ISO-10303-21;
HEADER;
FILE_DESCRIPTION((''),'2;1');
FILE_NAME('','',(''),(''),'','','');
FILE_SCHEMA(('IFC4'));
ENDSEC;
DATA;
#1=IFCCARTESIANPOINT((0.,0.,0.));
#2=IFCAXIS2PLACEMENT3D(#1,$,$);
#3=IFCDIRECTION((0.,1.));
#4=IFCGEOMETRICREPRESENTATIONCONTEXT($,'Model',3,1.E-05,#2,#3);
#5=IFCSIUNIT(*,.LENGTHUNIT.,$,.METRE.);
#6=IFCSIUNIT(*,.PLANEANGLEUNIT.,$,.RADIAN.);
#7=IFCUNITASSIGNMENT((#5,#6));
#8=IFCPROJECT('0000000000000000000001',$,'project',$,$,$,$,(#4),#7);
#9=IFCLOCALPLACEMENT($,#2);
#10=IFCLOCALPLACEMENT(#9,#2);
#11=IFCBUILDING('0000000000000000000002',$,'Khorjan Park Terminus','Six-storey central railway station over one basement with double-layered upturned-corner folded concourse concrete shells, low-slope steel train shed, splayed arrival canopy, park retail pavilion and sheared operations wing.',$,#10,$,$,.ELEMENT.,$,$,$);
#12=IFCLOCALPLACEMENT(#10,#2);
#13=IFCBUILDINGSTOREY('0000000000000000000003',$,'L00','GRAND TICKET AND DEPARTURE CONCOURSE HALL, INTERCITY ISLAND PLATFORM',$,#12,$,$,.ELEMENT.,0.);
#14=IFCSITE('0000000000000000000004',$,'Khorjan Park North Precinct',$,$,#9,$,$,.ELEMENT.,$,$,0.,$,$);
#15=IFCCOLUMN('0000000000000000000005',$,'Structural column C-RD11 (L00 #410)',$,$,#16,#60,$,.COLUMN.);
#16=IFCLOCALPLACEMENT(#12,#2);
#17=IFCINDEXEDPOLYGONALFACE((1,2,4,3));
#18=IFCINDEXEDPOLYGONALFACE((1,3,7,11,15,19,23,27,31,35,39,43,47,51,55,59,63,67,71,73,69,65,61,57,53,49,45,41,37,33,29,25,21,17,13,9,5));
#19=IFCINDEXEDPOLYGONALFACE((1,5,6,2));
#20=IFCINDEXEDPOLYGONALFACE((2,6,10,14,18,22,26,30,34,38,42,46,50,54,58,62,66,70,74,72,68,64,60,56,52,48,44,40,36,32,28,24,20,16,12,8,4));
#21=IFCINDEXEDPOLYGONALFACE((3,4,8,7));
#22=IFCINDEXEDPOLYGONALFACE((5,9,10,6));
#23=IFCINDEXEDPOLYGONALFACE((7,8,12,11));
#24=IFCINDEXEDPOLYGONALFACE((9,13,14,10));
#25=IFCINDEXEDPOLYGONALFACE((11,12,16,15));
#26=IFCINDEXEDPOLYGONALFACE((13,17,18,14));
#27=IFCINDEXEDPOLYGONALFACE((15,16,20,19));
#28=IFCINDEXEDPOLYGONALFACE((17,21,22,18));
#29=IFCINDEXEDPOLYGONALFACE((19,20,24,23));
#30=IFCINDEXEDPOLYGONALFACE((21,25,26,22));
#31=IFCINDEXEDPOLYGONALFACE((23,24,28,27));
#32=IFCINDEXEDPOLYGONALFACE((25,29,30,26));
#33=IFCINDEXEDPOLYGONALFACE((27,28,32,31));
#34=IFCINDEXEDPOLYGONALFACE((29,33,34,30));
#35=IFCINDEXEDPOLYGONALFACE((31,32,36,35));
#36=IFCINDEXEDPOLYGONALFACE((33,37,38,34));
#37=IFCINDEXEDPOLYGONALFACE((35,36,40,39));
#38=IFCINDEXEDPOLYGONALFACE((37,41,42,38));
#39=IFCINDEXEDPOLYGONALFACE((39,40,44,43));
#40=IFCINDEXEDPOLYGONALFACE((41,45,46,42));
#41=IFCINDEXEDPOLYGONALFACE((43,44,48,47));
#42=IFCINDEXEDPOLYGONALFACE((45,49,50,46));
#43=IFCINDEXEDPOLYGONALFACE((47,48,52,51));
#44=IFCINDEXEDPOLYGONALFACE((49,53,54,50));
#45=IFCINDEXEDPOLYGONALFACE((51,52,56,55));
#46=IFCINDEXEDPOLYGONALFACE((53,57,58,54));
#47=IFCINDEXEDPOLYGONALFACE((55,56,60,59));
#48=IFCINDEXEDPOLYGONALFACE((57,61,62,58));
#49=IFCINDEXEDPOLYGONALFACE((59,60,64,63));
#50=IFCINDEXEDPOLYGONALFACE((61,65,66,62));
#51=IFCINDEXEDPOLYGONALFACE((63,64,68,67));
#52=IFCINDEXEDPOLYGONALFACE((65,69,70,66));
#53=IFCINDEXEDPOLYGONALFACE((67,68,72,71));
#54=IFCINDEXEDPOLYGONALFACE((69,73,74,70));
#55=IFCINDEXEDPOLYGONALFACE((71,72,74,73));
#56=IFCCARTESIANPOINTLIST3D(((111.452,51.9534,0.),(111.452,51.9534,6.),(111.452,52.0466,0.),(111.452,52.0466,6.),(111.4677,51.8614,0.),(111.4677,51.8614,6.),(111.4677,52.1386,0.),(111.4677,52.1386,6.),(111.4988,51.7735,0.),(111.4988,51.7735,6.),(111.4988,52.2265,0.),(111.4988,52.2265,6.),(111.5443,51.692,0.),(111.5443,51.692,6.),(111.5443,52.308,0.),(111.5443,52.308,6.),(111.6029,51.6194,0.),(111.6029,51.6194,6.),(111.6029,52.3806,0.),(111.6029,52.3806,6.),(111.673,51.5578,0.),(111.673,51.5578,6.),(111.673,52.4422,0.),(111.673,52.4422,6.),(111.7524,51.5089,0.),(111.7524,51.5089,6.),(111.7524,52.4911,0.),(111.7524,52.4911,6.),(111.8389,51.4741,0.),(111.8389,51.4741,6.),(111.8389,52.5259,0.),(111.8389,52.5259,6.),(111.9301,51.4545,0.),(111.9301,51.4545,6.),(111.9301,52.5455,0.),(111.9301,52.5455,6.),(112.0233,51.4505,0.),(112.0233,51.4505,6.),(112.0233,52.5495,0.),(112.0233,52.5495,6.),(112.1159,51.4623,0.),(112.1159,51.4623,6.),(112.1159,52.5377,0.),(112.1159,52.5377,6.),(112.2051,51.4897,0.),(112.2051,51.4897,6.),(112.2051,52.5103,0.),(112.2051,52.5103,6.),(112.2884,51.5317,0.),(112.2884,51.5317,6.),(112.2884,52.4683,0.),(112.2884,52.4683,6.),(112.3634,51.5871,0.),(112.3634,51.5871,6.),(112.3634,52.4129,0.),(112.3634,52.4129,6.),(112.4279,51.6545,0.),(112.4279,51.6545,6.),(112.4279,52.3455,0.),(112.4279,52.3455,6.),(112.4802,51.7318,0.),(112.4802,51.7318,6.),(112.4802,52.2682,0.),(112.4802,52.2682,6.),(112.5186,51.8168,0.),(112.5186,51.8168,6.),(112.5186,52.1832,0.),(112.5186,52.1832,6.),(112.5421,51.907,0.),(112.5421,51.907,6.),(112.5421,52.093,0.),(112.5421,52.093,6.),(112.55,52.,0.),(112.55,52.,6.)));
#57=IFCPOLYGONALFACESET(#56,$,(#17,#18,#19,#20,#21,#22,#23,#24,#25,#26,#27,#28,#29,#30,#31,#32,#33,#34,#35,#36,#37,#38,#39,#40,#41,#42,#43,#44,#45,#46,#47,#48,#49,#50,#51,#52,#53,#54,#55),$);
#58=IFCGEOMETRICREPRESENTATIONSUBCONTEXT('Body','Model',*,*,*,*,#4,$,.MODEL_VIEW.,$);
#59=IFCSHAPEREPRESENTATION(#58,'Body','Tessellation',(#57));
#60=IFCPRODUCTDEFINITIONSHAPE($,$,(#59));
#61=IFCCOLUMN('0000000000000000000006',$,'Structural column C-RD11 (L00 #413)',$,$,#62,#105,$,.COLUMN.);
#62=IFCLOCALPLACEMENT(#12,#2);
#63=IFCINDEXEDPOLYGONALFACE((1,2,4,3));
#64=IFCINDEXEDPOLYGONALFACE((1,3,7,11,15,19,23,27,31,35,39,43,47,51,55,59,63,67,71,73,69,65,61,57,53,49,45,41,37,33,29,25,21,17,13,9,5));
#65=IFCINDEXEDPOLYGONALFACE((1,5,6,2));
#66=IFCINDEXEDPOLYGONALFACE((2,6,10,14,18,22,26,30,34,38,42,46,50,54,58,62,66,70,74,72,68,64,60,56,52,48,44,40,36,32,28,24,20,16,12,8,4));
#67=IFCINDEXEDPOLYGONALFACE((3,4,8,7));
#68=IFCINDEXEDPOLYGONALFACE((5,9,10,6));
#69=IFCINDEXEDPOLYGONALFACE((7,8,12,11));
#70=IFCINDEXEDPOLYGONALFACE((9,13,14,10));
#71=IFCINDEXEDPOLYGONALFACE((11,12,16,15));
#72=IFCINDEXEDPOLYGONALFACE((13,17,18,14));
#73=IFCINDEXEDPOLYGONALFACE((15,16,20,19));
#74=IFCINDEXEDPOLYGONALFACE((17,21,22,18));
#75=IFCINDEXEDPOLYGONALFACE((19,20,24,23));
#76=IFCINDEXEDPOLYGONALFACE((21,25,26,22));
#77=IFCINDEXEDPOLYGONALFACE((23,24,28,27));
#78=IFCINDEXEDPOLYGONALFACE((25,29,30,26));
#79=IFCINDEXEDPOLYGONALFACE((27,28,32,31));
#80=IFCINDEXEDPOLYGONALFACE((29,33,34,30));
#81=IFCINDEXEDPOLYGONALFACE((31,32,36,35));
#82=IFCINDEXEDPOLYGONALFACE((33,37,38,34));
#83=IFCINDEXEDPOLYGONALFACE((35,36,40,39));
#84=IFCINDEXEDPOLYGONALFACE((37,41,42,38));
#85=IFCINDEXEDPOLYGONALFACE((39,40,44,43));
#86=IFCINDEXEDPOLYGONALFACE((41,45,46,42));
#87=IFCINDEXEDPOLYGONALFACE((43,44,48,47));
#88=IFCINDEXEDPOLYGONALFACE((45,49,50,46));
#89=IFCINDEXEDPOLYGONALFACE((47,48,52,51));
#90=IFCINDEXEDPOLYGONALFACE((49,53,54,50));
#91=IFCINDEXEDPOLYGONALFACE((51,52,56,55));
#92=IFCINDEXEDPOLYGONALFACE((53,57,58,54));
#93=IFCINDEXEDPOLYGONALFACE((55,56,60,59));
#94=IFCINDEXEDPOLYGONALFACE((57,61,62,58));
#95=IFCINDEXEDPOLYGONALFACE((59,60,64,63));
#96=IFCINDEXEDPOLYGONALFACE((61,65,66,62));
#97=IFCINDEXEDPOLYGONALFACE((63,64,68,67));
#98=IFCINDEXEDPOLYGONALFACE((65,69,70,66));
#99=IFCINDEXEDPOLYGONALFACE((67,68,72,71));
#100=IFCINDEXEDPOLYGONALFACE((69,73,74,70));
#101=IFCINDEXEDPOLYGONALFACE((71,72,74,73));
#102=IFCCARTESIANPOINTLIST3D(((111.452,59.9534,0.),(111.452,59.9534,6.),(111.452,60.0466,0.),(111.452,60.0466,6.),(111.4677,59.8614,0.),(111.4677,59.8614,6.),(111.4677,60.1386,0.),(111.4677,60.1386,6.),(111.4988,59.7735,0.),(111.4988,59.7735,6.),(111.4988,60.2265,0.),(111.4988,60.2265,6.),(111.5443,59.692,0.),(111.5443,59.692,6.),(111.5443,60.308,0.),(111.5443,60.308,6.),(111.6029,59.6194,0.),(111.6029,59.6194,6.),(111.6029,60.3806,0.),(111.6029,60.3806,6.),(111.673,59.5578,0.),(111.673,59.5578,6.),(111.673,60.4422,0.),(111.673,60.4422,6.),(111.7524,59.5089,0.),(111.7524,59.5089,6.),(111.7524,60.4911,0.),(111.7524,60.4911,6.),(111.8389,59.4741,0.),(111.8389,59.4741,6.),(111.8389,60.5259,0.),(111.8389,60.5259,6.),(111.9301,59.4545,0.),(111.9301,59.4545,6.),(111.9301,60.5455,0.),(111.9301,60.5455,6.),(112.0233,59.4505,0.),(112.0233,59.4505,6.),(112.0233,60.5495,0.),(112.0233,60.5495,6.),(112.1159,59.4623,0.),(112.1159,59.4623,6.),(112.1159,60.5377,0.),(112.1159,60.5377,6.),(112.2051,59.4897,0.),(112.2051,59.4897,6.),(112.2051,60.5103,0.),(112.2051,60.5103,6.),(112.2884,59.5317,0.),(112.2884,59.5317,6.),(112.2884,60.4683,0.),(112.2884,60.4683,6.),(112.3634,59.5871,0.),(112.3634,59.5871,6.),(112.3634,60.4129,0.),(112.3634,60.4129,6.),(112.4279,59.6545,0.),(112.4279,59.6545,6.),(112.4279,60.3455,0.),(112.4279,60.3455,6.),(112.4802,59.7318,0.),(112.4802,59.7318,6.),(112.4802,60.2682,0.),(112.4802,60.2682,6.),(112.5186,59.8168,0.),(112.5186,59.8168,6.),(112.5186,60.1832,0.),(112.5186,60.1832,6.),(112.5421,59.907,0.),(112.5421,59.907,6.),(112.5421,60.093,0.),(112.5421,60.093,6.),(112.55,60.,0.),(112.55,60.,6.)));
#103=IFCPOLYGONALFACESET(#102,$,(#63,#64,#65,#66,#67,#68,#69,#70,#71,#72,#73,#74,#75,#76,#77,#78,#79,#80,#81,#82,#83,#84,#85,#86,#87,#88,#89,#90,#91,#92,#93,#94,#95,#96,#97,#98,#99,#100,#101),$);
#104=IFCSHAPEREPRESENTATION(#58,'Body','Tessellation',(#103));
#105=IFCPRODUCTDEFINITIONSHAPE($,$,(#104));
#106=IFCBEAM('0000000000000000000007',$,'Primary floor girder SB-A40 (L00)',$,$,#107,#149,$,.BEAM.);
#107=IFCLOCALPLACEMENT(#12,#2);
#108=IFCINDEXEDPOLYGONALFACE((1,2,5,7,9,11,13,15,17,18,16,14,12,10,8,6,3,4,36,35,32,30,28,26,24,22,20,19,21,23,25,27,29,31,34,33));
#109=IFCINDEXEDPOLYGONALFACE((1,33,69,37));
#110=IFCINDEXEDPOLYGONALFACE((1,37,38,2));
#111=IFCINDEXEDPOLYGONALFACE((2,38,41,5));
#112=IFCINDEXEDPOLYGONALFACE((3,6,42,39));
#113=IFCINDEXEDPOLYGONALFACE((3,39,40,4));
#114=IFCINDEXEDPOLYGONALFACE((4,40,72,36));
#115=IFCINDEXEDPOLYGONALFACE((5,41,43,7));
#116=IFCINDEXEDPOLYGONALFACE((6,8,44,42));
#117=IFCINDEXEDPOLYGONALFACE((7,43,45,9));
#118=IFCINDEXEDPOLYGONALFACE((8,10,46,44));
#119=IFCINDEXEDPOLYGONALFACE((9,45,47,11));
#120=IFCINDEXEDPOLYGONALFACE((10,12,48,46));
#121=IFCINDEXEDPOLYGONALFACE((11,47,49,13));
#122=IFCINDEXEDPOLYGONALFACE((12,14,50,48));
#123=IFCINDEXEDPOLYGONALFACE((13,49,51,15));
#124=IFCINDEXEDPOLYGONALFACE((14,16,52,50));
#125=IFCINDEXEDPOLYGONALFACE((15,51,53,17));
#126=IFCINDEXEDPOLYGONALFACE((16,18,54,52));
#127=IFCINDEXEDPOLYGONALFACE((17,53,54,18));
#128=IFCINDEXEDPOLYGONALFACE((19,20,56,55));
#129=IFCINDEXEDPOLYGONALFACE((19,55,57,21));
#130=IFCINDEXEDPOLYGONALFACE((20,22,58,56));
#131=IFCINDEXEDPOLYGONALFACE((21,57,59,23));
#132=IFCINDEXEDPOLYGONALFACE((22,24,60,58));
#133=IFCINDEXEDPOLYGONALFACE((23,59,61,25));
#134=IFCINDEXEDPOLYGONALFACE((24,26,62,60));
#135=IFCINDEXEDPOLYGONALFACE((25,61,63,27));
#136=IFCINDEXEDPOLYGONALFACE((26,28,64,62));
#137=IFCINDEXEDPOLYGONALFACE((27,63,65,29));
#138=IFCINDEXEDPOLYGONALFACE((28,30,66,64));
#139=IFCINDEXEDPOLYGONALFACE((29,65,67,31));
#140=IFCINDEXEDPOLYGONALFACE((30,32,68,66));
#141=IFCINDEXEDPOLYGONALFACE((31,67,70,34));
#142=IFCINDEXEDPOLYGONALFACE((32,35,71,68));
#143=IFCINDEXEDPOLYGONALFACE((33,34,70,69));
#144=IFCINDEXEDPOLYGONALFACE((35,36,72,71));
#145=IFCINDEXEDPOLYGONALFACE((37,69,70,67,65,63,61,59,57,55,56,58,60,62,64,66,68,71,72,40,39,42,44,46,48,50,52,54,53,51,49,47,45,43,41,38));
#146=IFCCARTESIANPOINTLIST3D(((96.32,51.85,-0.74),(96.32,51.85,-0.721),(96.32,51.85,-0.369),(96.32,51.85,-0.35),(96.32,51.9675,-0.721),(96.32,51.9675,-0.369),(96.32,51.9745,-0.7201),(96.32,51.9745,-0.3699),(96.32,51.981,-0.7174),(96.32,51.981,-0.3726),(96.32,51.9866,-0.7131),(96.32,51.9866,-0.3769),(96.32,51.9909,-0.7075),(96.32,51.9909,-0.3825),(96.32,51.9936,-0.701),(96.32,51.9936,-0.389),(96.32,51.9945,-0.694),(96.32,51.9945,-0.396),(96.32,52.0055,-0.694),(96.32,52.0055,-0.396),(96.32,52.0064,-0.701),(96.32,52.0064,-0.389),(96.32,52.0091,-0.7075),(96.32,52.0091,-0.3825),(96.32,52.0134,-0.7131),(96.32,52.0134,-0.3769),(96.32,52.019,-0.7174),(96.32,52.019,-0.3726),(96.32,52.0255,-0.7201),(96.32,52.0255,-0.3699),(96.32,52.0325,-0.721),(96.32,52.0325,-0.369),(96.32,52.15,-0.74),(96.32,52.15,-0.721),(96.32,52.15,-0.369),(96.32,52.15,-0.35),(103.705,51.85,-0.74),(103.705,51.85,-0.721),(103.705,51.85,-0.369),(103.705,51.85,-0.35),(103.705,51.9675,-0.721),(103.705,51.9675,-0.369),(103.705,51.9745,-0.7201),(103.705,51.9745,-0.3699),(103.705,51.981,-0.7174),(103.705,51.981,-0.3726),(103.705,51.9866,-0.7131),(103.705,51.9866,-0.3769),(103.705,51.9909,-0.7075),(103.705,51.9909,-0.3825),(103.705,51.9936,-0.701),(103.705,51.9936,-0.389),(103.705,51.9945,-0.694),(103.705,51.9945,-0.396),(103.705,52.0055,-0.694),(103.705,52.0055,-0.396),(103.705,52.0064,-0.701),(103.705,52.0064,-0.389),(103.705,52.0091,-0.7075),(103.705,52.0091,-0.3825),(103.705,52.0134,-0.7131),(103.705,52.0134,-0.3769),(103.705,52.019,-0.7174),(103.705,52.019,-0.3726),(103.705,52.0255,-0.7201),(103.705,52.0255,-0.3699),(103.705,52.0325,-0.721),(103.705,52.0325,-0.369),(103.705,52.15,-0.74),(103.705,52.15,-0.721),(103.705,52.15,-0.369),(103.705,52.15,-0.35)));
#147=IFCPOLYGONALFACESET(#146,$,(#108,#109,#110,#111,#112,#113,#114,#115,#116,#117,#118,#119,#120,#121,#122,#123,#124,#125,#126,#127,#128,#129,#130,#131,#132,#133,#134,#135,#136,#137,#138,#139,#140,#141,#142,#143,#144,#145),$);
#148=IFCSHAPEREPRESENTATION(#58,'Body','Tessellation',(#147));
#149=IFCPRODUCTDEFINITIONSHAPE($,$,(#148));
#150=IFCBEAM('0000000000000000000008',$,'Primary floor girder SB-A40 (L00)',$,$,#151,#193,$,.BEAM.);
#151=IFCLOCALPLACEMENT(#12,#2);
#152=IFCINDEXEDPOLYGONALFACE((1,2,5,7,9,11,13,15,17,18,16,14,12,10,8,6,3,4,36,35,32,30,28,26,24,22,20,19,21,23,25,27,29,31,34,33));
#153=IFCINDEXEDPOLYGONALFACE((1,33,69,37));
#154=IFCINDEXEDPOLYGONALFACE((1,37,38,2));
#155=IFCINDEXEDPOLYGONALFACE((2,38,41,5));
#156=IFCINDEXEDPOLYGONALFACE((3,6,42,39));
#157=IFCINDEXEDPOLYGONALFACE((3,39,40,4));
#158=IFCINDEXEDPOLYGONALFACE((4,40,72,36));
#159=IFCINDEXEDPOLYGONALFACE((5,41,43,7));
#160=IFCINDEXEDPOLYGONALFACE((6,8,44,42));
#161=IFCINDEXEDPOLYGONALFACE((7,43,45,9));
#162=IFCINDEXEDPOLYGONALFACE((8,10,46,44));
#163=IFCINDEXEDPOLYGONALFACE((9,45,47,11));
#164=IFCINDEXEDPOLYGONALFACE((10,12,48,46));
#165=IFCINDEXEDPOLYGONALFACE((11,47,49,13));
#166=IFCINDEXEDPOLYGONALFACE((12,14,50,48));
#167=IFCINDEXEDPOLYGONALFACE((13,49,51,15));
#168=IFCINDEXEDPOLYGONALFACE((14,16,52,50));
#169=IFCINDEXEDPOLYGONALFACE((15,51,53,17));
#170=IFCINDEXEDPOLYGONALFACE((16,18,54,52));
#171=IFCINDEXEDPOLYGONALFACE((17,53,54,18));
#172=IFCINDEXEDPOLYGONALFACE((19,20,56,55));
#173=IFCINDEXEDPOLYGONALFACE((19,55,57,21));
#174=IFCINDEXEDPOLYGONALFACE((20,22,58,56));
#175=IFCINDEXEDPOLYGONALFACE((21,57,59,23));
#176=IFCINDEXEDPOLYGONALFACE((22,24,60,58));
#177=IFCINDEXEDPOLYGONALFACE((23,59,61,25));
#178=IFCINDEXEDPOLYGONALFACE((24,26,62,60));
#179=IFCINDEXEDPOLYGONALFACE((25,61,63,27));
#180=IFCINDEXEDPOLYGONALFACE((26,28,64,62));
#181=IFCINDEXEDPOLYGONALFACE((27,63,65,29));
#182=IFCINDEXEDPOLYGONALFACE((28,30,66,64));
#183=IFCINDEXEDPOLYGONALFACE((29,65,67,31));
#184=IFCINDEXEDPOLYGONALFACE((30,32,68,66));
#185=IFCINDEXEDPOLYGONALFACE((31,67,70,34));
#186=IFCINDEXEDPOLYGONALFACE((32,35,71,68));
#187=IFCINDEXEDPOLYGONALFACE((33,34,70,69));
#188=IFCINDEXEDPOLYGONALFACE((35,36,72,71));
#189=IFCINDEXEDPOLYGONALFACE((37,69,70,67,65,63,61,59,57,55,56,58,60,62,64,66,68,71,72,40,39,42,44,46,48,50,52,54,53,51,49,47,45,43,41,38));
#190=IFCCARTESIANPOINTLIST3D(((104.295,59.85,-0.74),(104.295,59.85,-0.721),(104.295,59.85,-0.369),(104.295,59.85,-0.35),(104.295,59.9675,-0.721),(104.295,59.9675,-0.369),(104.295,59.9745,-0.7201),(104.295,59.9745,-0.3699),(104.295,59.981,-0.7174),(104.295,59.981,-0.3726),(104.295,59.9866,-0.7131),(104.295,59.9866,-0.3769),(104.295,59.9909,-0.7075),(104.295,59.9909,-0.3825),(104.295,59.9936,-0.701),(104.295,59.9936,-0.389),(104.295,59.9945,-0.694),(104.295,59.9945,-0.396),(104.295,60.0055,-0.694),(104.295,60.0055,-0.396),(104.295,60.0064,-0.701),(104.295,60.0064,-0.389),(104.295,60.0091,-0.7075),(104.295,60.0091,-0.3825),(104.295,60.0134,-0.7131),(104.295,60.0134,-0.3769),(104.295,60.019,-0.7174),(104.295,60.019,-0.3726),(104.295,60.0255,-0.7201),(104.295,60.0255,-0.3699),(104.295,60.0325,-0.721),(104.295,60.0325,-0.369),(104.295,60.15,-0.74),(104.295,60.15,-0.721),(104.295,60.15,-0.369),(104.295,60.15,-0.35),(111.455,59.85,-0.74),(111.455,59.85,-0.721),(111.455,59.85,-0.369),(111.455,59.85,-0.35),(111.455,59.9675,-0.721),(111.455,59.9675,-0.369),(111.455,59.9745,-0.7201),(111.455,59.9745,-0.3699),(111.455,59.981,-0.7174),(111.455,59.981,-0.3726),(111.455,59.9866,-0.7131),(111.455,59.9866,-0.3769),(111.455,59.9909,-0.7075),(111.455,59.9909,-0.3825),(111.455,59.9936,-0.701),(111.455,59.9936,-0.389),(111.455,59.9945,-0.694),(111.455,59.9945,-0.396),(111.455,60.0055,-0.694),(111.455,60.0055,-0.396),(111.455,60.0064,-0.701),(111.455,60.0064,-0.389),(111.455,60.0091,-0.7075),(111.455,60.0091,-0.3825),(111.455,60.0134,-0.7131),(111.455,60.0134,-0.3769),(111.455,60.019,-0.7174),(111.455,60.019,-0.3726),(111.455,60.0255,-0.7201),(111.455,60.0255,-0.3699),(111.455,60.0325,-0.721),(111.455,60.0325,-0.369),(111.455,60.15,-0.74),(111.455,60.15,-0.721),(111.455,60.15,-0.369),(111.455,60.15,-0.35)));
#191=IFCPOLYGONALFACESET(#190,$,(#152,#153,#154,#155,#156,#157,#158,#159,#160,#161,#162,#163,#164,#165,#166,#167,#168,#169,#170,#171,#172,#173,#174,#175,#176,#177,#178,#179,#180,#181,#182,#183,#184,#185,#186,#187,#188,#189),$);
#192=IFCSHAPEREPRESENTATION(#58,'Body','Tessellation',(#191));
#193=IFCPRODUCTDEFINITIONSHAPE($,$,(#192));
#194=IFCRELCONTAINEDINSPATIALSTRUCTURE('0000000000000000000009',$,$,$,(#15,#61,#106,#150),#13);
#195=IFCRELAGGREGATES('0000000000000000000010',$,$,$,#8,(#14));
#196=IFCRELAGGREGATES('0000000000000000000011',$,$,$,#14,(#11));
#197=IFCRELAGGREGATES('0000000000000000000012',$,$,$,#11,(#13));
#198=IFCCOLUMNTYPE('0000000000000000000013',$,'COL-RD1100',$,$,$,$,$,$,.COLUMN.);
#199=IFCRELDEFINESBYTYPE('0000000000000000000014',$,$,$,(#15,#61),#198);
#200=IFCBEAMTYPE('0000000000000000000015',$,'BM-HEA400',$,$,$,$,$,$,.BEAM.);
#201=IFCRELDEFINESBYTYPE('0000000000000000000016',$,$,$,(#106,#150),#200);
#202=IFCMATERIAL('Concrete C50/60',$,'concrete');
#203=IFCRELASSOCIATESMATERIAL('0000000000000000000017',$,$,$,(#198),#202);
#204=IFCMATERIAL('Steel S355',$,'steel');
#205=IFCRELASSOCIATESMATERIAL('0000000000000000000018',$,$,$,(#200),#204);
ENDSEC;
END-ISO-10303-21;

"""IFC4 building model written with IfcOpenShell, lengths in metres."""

from ifc_helpers import new_model, si_unit, direction, frame, origin, origin_2d, place, context, subcontext, project, spatial, circle, i_section, extrude, material, material_profile, profile_set, type_object, element, save


model = new_model("IFC4")

# Units and contexts
model_context = context("Model", 3, precision=1e-05, world=origin(), true_north=direction((0.0, 1.0)))
body_context = subcontext(model_context, "Body", "Model", "MODEL_VIEW")
ifc_project = project(units=[si_unit("LENGTHUNIT", "METRE"), si_unit("PLANEANGLEUNIT", "RADIAN")], contexts=[model_context])

# Site, building, storey
site_placement = place(None, origin())
site = spatial("IfcSite", under=ifc_project, at=site_placement, Name="Khorjan Park North Precinct", CompositionType="ELEMENT", RefElevation=0.0)
building_placement = place(site_placement, origin())
building = spatial("IfcBuilding", under=site, at=building_placement, Name="Khorjan Park Terminus", Description="Six-storey central railway station over one basement with double-layered upturned-corner folded concourse concrete shells, low-slope steel train shed, splayed arrival canopy, park retail pavilion and sheared operations wing.", CompositionType="ELEMENT")
storey_placement = place(building_placement, origin())
storey = spatial("IfcBuildingStorey", under=building, at=storey_placement, Name="L00", Description="GRAND TICKET AND DEPARTURE CONCOURSE HALL, INTERCITY ISLAND PLATFORM", CompositionType="ELEMENT", Elevation=0.0)

# Columns
ifc_material_1 = material(Name="Concrete C50/60", Category="concrete")
ifc_material_profile_1 = material_profile(ifc_material_1, circle(Radius=0.55, at=origin_2d()), Name="RC D1100")
ifc_profile_set_1 = profile_set([ifc_material_profile_1], Name="Concrete C50/60")
column_type = type_object("IfcColumnType", Name="COL-RD1100", PredefinedType="COLUMN", material=ifc_profile_set_1)
for number, where, z_axis, x_axis, name in (
    (1, (112.0, 52.0, 0.0), (0.0, 0.0, 1.0), (1.0, 0.0, 0.0), "Structural column C-RD11 (L00 #410)"),
    (2, (112.0, 60.0, 0.0), (0.0, 0.0, 1.0), (1.0, 0.0, 0.0), "Structural column C-RD11 (L00 #413)"),
):
    element("IfcColumn", number, at=place(storey_placement, frame(where, z_axis=z_axis, x_axis=x_axis)), inside=storey, type_object=column_type, Name=name, PredefinedType="COLUMN", context=body_context, shape_type="SweptSolid", body=[
        extrude(circle(Radius=0.55, at=origin_2d()), origin(), (0.0, 0.0, 1.0), 6.0),
    ])

# Beams
ifc_material_2 = material(Name="Steel S355", Category="steel")
ifc_material_profile_2 = material_profile(ifc_material_2, i_section(OverallWidth=0.3, OverallDepth=0.39, WebThickness=0.011, FlangeThickness=0.019, FilletRadius=0.027, at=origin_2d()), Name="HEA 400")
ifc_profile_set_2 = profile_set([ifc_material_profile_2], Name="Steel S355")
beam_type_1 = type_object("IfcBeamType", Name="BM-HEA400", PredefinedType="BEAM", material=ifc_profile_set_2)
beam_1_placement = place(storey_placement, frame((96.32, 52.0, -0.545), z_axis=(1.0, 0.0, 0.0), x_axis=(0.0, 1.0, 0.0)))
element("IfcBeam", 3, at=beam_1_placement, inside=storey, type_object=beam_type_1, Name="Primary floor girder SB-A40 (L00)", PredefinedType="BEAM", context=body_context, shape_type="SweptSolid", body=[
    extrude(i_section(OverallWidth=0.3, OverallDepth=0.39, WebThickness=0.011, FlangeThickness=0.019, FilletRadius=0.027, at=origin_2d()), origin(), (0.0, 0.0, 1.0), 7.385),
])
beam_2_placement = place(storey_placement, frame((104.295, 60.0, -0.545), z_axis=(1.0, 0.0, 0.0), x_axis=(0.0, 1.0, 0.0)))
element("IfcBeam", 4, at=beam_2_placement, inside=storey, type_object=beam_type_1, Name="Primary floor girder SB-A40 (L00)", PredefinedType="BEAM", context=body_context, shape_type="SweptSolid", body=[
    extrude(i_section(OverallWidth=0.3, OverallDepth=0.39, WebThickness=0.011, FlangeThickness=0.019, FilletRadius=0.027, at=origin_2d()), origin(), (0.0, 0.0, 1.0), 7.16),
])

save(model, "model.ifc")
